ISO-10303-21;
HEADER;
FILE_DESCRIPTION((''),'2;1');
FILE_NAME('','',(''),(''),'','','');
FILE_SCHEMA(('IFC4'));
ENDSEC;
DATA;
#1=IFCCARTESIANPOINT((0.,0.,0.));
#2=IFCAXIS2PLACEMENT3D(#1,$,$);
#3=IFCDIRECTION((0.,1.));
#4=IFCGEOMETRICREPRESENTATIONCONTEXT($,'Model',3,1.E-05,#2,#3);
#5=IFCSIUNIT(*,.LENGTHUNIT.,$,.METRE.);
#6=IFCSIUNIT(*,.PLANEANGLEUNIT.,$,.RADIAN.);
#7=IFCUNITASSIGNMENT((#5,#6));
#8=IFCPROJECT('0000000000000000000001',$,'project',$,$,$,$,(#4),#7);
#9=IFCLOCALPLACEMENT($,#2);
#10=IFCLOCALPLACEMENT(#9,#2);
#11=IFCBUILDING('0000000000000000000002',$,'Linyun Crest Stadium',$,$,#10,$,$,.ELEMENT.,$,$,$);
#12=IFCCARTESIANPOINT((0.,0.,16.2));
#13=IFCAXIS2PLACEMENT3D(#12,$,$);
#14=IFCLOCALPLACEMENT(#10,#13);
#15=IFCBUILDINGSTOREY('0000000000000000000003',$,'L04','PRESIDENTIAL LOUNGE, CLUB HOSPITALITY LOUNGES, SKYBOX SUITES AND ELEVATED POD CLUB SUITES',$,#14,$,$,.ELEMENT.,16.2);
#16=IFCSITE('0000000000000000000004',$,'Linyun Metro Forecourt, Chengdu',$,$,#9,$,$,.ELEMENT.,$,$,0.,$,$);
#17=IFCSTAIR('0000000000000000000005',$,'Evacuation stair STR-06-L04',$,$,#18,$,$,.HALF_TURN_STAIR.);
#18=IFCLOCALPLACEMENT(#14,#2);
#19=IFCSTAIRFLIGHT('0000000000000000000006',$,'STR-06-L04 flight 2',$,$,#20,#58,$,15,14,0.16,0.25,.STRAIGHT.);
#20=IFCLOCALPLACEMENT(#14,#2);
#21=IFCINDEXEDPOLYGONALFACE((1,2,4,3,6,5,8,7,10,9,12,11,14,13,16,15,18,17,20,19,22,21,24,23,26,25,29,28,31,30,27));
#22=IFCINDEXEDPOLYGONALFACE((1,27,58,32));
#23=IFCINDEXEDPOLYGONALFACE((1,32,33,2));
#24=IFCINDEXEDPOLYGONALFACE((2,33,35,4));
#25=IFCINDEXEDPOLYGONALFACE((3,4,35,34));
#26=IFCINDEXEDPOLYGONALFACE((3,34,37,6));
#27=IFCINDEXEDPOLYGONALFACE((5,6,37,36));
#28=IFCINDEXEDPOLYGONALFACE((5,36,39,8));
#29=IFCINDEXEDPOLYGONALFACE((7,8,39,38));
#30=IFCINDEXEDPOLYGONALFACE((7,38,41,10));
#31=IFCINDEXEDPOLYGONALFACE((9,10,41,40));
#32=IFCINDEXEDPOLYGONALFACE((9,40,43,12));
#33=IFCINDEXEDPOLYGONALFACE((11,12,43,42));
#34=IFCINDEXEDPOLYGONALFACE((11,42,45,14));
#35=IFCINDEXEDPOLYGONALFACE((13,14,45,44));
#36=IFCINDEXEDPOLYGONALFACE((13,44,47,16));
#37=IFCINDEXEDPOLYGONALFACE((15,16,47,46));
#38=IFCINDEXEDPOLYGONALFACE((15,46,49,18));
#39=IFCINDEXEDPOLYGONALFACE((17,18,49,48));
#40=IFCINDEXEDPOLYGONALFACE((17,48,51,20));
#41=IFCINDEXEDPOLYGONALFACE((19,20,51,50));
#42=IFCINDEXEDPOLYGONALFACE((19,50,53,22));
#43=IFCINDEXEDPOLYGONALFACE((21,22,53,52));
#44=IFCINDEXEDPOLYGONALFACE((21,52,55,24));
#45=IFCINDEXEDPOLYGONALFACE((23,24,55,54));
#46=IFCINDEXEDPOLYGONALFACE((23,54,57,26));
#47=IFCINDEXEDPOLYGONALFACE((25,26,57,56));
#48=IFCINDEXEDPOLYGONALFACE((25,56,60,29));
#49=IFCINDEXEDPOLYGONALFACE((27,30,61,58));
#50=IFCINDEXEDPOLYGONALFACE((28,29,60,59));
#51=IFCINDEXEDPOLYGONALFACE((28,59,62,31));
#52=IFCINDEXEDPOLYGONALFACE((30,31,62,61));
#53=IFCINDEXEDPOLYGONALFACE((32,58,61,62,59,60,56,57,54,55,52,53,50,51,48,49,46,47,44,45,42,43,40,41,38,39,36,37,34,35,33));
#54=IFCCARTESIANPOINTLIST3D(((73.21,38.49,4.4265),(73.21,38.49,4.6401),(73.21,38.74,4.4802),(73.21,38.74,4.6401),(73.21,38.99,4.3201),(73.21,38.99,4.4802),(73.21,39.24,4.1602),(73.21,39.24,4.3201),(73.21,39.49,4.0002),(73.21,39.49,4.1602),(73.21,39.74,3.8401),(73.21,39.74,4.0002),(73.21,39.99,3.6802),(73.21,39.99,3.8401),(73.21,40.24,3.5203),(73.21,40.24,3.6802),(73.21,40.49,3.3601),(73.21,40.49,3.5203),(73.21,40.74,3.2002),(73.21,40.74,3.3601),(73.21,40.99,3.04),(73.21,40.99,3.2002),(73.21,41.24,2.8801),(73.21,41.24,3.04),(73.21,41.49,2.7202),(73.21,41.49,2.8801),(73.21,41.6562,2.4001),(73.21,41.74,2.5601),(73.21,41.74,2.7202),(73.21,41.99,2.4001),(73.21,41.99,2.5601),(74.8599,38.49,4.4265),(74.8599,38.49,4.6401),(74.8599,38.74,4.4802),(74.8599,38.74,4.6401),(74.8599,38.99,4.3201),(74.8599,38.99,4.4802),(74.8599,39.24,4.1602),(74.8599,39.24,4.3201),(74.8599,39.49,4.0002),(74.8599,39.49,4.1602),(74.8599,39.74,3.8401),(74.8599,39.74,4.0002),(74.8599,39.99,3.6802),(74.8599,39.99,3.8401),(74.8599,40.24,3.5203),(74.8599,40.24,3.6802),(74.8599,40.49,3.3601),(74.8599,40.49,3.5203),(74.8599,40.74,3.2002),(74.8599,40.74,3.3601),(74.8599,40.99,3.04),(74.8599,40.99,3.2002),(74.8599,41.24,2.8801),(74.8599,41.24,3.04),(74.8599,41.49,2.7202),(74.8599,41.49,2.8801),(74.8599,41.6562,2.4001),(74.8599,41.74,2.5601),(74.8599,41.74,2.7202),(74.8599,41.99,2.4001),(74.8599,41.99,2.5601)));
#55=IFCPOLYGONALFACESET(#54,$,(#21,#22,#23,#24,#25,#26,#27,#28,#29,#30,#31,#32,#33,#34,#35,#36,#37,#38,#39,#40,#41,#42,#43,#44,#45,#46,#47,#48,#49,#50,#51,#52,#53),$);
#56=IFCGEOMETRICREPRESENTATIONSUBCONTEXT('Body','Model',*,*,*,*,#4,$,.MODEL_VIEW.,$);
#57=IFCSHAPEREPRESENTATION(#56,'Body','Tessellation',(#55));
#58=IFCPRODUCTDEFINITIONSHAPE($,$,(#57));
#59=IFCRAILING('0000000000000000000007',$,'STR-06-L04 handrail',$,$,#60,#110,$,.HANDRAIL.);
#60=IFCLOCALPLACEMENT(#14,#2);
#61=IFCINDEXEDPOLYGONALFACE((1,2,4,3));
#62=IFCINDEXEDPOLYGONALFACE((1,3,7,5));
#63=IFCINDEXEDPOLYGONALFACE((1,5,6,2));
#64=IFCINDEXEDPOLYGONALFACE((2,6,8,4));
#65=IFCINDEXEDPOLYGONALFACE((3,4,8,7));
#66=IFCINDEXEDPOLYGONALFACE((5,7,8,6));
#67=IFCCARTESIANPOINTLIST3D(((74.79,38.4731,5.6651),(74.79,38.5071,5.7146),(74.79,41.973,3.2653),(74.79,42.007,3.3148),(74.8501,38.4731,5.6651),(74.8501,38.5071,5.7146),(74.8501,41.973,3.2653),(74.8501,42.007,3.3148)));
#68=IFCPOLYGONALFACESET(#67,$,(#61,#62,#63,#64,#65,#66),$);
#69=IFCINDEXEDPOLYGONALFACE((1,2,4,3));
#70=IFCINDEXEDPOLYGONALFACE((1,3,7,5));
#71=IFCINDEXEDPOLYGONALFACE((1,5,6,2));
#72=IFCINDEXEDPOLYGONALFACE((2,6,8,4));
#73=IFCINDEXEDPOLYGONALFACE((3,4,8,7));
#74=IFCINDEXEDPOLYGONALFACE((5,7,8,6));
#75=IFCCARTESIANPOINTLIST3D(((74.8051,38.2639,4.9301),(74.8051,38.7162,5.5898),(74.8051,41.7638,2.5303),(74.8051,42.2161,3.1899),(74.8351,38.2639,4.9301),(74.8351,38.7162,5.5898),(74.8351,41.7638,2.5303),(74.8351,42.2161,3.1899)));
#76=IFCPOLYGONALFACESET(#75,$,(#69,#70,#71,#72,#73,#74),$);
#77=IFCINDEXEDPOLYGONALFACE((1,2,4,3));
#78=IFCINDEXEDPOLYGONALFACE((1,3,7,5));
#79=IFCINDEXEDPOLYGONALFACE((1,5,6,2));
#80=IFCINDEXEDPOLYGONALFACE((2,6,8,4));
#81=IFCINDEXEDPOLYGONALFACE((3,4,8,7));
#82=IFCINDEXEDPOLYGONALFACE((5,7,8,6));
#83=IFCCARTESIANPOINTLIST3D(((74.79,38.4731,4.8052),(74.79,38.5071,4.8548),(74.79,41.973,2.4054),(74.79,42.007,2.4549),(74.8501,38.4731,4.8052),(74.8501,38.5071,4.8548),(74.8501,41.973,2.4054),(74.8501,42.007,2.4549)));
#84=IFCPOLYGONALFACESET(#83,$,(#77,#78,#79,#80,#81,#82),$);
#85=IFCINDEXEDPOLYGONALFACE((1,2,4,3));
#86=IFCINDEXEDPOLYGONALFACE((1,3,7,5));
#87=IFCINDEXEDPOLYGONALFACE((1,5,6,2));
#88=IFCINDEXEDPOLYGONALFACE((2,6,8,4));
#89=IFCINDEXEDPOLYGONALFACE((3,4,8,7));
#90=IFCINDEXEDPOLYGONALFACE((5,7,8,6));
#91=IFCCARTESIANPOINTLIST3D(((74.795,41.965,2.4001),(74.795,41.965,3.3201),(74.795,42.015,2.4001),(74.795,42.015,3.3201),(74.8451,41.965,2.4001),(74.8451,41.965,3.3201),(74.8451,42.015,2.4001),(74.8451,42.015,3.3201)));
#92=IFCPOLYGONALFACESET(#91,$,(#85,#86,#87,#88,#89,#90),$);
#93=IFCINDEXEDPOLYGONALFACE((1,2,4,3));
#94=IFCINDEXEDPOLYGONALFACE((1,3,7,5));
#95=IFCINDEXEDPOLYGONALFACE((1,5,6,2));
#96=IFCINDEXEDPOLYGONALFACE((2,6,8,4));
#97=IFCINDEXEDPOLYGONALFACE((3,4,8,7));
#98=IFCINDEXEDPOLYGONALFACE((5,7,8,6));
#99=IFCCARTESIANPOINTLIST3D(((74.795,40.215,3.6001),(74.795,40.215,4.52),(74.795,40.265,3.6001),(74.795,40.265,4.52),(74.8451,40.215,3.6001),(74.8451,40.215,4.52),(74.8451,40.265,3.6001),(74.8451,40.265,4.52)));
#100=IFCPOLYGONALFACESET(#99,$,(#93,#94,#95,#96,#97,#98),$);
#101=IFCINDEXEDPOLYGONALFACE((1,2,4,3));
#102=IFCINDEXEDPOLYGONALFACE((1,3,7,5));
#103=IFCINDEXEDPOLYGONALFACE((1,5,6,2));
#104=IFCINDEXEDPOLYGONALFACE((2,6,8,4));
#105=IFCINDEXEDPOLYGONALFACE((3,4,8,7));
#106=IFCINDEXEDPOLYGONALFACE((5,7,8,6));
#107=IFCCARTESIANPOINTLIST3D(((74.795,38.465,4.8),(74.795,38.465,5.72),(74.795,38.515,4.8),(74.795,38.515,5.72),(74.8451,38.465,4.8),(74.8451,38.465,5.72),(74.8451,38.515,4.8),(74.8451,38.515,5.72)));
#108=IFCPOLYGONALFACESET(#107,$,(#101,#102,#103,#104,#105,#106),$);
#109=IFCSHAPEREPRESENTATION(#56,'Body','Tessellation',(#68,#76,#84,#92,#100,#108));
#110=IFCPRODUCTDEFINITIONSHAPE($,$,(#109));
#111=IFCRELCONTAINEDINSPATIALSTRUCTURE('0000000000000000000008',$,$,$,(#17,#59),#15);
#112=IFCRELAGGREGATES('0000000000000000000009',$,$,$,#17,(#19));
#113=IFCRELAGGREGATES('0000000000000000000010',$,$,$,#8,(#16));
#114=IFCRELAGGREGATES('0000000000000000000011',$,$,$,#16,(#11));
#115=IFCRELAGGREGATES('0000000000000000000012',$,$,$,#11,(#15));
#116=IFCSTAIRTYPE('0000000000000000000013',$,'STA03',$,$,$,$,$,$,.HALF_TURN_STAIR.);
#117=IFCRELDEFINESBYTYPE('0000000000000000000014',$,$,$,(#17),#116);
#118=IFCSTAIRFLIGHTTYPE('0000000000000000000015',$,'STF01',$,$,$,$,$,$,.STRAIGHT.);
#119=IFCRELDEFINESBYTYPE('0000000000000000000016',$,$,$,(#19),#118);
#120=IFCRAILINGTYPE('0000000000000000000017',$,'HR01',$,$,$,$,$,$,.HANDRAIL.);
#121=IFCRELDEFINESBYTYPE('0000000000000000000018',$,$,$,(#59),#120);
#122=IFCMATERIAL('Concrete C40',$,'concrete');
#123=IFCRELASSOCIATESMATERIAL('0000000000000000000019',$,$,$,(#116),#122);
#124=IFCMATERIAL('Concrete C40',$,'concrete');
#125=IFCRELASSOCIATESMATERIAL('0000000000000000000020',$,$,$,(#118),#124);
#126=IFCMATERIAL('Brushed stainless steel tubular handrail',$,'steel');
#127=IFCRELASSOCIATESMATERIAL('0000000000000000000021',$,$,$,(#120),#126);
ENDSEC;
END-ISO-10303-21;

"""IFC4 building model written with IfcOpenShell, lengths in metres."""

from ifc_helpers import new_model, si_unit, direction, frame, origin, origin_2d, place, context, subcontext, project, spatial, polyline, rectangle, outline, extrude, material, type_object, element, aggregate, save


model = new_model("IFC4")

# Units and contexts
model_context = context("Model", 3, precision=1e-05, world=origin(), true_north=direction((0.0, 1.0)))
body_context = subcontext(model_context, "Body", "Model", "MODEL_VIEW")
ifc_project = project(units=[si_unit("LENGTHUNIT", "METRE"), si_unit("PLANEANGLEUNIT", "RADIAN")], contexts=[model_context])

# Site, building, storey
site_placement = place(None, origin())
site = spatial("IfcSite", under=ifc_project, at=site_placement, Name="Linyun Metro Forecourt, Chengdu", CompositionType="ELEMENT", RefElevation=0.0)
building_placement = place(site_placement, origin())
building = spatial("IfcBuilding", under=site, at=building_placement, Name="Linyun Crest Stadium", CompositionType="ELEMENT")
storey_placement = place(building_placement, frame((0.0, 0.0, 16.2)))
storey = spatial("IfcBuildingStorey", under=building, at=storey_placement, Name="L04", Description="PRESIDENTIAL LOUNGE, CLUB HOSPITALITY LOUNGES, SKYBOX SUITES AND ELEVATED POD CLUB SUITES", CompositionType="ELEMENT", Elevation=16.2)

# Stair, stair flight
ifc_material_1 = material(Name="Concrete C40", Category="concrete")
stair_type = type_object("IfcStairType", Name="STA03", PredefinedType="HALF_TURN_STAIR", material=ifc_material_1)
stair_placement = place(storey_placement, origin())
stair = element("IfcStair", 1, at=stair_placement, inside=storey, type_object=stair_type, Name="Evacuation stair STR-06-L04", PredefinedType="HALF_TURN_STAIR")
ifc_material_2 = material(Name="Concrete C40", Category="concrete")
stair_flight_type = type_object("IfcStairFlightType", Name="STF01", PredefinedType="STRAIGHT", material=ifc_material_2)
stair_flight_placement = place(storey_placement, frame((74.0349, 41.99, 2.4001), z_axis=(0.0, 0.0, 1.0), x_axis=(0.0, -1.0, 0.0)))
stair_flight = element("IfcStairFlight", 2, at=stair_flight_placement, type_object=stair_flight_type, Name="STR-06-L04 flight 2", NumberOfRisers=15, NumberOfTreads=14, PredefinedType="STRAIGHT", RiserHeight=0.16, TreadLength=0.25, context=body_context, shape_type="SweptSolid", body=[
    extrude(outline(polyline([(0.0, 0.0), (0.0, 0.1599), (0.25, 0.1599), (0.25, 0.3201), (0.5, 0.3201), (0.5, 0.48), (0.75, 0.48), (0.75, 0.6399), (1.0, 0.6399), (1.0, 0.8), (1.25, 0.8), (1.25, 0.96), (1.5, 0.96), (1.5, 1.1201), (1.75, 1.1201), (1.75, 1.28), (2.0, 1.28), (2.0, 1.4399), (2.25, 1.4399), (2.25, 1.6001), (2.5, 1.6001), (2.5, 1.76), (2.75, 1.76), (2.75, 1.9199), (3.0, 1.9199), (3.0, 2.0801), (3.25, 2.0801), (3.25, 2.24), (3.5, 2.24), (3.5, 2.3999), (3.5, 2.0264), (0.3337, 0.0), (0.0, 0.0)])), frame((0.0, 0.825, 0.0), z_axis=(0.0, -1.0, 0.0), x_axis=(1.0, 0.0, 0.0)), (0.0, 0.0, 1.0), 1.6499),
])
aggregate(stair, [stair_flight])

# Railing
ifc_material_3 = material(Name="Brushed stainless steel tubular handrail", Category="steel")
railing_type = type_object("IfcRailingType", Name="HR01", PredefinedType="HANDRAIL", material=ifc_material_3)
railing_placement = place(storey_placement, frame((74.8201, 41.99, 2.4001)))
element("IfcRailing", 3, at=railing_placement, inside=storey, type_object=railing_type, Name="STR-06-L04 handrail", PredefinedType="HANDRAIL", context=body_context, shape_type="SweptSolid", body=[
    extrude(rectangle(XDim=0.0601, YDim=0.0601, at=origin_2d()), frame((0.0, 0.0, 0.8899), z_axis=(0.0, -0.82474, 0.565513), x_axis=(1.0, 0.0, 0.0)), (0.0, 0.0, 1.0), 4.2437),
    extrude(rectangle(XDim=0.03, YDim=0.7998, at=origin_2d()), frame((0.0, 0.0, 0.46), z_axis=(0.0, -0.82474, 0.565513), x_axis=(1.0, 0.0, 0.0)), (0.0, 0.0, 1.0), 4.2437),
    extrude(rectangle(XDim=0.0601, YDim=0.0601, at=origin_2d()), frame((0.0, 0.0, 0.03), z_axis=(0.0, -0.82474, 0.565513), x_axis=(1.0, 0.0, 0.0)), (0.0, 0.0, 1.0), 4.2437),
    extrude(rectangle(XDim=0.05, YDim=0.05, at=origin_2d()), origin(), (0.0, 0.0, 1.0), 0.9199),
    extrude(rectangle(XDim=0.05, YDim=0.05, at=origin_2d()), frame((0.0, -1.75, 1.2)), (0.0, 0.0, 1.0), 0.9199),
    extrude(rectangle(XDim=0.05, YDim=0.05, at=origin_2d()), frame((0.0, -3.5, 2.3999)), (0.0, 0.0, 1.0), 0.9199),
])

save(model, "model.ifc")
